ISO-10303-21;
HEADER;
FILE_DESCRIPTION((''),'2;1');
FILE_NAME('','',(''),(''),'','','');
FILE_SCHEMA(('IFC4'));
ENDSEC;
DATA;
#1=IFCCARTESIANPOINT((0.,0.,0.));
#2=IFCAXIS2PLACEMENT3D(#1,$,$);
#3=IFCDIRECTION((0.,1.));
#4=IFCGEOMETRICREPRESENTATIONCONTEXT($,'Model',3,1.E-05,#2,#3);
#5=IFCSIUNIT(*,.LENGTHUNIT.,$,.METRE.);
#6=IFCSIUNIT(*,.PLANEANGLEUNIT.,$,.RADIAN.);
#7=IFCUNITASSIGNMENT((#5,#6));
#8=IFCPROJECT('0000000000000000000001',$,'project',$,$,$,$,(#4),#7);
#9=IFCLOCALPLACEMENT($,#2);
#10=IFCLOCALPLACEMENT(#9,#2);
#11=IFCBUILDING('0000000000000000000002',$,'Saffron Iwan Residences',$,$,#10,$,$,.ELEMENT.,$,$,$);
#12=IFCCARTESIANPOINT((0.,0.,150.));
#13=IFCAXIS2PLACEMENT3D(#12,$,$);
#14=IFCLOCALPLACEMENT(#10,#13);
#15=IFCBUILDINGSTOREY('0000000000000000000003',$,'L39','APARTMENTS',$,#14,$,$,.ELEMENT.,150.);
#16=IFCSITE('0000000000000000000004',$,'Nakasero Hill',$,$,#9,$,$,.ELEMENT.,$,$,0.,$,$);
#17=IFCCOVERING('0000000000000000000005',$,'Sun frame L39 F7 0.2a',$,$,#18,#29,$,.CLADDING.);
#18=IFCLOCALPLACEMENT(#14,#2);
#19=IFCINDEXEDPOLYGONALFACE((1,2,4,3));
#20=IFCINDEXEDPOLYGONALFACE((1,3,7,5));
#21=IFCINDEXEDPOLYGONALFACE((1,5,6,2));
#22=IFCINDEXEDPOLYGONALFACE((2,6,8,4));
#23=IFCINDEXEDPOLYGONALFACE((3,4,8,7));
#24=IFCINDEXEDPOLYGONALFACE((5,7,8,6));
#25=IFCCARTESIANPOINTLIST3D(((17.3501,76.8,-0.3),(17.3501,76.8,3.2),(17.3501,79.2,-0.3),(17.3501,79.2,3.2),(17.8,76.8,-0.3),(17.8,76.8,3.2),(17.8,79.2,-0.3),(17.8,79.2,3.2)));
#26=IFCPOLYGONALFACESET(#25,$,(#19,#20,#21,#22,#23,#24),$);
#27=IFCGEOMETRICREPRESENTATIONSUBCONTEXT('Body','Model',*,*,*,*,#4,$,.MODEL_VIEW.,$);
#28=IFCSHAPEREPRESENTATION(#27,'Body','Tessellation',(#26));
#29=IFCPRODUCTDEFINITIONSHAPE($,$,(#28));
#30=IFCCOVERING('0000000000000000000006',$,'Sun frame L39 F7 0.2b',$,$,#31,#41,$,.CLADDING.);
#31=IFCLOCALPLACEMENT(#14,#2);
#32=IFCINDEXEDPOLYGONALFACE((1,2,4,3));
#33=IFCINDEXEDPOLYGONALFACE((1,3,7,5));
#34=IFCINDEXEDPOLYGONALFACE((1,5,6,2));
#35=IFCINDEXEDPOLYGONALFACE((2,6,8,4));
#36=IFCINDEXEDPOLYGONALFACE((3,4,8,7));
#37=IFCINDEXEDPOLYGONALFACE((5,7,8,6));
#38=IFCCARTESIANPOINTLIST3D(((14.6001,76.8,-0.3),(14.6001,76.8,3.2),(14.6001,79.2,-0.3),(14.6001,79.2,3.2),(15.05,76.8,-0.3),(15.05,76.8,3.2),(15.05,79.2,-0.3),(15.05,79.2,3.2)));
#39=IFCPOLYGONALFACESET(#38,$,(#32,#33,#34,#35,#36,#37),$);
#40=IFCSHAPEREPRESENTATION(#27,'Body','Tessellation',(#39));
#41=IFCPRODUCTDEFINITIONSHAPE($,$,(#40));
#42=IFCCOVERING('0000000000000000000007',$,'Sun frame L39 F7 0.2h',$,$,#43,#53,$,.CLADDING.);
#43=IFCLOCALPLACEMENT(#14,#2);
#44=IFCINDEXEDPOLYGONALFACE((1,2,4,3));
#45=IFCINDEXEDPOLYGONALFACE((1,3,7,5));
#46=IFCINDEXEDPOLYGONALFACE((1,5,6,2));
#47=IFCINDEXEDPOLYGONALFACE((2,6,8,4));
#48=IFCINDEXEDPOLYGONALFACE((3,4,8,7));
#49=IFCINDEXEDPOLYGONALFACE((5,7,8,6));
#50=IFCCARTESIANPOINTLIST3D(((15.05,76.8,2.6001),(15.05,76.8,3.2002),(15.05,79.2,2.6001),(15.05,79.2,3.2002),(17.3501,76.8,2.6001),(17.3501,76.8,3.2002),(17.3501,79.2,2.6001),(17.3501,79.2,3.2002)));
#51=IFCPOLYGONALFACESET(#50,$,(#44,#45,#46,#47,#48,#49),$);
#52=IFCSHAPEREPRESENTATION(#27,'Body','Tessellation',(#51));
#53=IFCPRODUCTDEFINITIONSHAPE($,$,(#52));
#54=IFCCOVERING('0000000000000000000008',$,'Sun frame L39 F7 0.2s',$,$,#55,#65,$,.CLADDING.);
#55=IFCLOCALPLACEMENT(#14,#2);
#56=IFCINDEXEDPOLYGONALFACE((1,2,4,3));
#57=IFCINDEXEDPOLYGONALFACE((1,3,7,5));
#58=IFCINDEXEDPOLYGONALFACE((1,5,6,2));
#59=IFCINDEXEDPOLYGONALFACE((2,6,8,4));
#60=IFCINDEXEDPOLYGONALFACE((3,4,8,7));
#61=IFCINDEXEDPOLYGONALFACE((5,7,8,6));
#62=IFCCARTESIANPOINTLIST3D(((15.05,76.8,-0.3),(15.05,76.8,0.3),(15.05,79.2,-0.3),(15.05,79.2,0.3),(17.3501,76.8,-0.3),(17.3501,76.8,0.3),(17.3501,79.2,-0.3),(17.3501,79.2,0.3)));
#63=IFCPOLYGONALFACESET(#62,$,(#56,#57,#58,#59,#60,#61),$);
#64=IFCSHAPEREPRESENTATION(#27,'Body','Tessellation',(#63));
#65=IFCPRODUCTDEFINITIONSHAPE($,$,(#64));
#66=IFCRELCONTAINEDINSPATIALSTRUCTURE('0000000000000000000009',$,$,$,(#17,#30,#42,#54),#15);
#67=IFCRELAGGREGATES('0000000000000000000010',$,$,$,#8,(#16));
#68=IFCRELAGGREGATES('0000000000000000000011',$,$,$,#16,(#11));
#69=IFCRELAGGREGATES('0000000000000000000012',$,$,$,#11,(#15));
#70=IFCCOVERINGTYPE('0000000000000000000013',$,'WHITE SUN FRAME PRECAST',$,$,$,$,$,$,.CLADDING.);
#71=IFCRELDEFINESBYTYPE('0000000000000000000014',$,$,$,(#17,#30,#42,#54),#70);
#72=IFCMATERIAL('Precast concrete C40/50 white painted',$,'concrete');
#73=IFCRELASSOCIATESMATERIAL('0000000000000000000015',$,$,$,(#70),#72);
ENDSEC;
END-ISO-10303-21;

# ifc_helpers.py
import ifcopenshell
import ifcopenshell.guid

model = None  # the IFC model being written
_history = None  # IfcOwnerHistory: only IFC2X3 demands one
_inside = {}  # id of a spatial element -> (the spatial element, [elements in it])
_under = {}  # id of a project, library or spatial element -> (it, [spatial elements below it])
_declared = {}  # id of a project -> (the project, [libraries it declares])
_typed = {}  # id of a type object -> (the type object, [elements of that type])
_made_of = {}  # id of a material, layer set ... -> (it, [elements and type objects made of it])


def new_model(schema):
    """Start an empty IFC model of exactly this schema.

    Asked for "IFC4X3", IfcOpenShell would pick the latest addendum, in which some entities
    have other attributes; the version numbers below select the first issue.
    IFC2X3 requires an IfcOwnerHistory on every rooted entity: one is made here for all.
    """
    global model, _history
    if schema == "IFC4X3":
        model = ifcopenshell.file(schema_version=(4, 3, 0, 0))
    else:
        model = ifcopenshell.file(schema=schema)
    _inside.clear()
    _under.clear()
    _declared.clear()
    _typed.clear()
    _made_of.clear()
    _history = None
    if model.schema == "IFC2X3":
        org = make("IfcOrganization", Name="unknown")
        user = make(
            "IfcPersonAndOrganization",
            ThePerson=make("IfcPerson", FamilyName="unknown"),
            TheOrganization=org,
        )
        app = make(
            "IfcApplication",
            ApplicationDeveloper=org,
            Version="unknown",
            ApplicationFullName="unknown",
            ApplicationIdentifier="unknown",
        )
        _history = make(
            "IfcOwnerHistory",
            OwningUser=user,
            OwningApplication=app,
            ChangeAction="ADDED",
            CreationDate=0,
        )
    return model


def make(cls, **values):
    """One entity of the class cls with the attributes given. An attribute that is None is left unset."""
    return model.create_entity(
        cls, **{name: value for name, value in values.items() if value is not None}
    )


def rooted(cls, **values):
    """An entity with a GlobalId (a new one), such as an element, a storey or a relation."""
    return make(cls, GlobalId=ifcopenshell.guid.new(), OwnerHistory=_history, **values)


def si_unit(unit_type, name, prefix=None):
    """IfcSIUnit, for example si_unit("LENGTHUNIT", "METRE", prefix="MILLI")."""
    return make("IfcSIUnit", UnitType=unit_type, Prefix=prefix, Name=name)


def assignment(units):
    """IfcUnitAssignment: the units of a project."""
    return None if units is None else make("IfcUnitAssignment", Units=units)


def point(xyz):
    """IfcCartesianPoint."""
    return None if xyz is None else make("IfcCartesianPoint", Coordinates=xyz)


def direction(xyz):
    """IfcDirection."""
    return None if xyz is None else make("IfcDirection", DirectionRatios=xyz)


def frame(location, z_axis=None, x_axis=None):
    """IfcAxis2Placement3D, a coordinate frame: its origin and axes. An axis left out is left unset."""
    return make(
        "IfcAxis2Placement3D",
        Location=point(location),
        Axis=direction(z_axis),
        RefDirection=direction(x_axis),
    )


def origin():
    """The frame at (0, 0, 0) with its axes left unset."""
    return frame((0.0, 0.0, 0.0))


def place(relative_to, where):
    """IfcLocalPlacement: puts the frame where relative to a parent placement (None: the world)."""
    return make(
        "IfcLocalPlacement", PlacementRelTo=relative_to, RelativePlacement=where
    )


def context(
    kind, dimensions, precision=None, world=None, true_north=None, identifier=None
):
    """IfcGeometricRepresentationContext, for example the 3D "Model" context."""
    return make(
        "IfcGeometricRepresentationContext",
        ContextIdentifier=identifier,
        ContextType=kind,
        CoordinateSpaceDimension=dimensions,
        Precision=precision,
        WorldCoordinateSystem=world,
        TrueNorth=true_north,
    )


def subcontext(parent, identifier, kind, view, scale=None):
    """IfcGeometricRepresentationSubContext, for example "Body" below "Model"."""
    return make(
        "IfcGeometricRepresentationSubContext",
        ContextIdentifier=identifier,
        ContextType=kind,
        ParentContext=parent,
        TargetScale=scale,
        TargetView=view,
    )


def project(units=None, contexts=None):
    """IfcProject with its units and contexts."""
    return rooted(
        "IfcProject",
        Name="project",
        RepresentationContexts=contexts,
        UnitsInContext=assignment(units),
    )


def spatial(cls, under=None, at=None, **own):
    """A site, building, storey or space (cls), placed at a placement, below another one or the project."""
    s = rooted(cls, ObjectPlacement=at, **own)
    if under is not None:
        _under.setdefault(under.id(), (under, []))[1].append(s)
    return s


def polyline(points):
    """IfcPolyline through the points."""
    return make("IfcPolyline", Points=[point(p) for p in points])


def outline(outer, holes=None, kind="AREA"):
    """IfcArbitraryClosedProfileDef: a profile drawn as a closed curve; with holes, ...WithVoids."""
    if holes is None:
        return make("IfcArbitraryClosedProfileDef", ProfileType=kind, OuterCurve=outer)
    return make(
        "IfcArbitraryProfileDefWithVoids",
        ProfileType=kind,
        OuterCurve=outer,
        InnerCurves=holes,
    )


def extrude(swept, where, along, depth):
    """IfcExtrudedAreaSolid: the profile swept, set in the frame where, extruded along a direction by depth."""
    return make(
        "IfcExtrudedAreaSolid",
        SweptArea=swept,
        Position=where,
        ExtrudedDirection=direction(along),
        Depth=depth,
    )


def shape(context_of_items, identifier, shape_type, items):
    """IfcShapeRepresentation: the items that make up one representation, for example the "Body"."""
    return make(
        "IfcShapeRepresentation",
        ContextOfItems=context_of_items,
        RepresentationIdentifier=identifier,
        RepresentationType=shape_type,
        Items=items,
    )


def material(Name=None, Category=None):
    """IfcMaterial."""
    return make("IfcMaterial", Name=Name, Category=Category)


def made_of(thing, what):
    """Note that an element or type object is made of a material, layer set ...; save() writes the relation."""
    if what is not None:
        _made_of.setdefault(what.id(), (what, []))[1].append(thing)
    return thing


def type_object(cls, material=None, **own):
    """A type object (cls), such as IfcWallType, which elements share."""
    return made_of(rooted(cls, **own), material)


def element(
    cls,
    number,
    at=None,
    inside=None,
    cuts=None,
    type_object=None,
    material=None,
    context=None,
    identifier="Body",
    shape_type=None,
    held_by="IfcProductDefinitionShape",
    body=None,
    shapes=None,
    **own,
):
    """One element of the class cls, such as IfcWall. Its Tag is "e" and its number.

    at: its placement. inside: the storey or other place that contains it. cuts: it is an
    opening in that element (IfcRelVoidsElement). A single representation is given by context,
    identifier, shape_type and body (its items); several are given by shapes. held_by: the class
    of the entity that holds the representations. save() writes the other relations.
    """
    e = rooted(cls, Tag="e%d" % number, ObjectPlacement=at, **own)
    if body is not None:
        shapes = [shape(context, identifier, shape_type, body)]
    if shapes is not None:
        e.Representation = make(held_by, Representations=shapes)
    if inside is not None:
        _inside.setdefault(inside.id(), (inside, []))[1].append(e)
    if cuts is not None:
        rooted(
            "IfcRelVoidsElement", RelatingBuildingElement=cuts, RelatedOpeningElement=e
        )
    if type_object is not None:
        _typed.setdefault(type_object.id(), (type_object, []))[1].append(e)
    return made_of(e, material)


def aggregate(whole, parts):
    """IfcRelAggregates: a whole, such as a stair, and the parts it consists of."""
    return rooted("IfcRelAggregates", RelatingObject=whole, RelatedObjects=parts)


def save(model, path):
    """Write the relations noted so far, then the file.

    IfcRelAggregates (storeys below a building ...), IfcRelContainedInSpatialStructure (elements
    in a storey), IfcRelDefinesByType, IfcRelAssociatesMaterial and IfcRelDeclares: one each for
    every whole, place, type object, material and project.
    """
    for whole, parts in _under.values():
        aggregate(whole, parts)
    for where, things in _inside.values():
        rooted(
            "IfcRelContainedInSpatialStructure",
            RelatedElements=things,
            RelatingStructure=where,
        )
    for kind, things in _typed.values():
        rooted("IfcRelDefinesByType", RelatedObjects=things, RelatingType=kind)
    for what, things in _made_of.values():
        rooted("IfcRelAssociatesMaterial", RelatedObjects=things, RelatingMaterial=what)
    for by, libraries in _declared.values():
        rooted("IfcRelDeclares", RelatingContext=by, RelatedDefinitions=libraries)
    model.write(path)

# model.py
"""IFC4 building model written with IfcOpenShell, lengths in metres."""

from ifc_helpers import new_model, si_unit, direction, frame, origin, place, context, subcontext, project, spatial, polyline, outline, extrude, material, type_object, element, save


model = new_model("IFC4")

# Units and contexts
model_context = context("Model", 3, precision=1e-05, world=origin(), true_north=direction((0.0, 1.0)))
body_context = subcontext(model_context, "Body", "Model", "MODEL_VIEW")
ifc_project = project(units=[si_unit("LENGTHUNIT", "METRE"), si_unit("PLANEANGLEUNIT", "RADIAN")], contexts=[model_context])

# Site, building, storey
site_placement = place(None, origin())
site = spatial("IfcSite", under=ifc_project, at=site_placement, Name="Nakasero Hill", CompositionType="ELEMENT", RefElevation=0.0)
building_placement = place(site_placement, origin())
building = spatial("IfcBuilding", under=site, at=building_placement, Name="Saffron Iwan Residences", CompositionType="ELEMENT")
storey_placement = place(building_placement, frame((0.0, 0.0, 150.0)))
storey = spatial("IfcBuildingStorey", under=building, at=storey_placement, Name="L39", Description="APARTMENTS", CompositionType="ELEMENT", Elevation=150.0)

# Coverings
ifc_material_1 = material(Name="Precast concrete C40/50 white painted", Category="concrete")
covering_type_1 = type_object("IfcCoveringType", Name="WHITE SUN FRAME PRECAST", PredefinedType="CLADDING", material=ifc_material_1)
for number, where, z_axis, x_axis, name in (
    (1, (17.8, 76.8, -0.3), (0.0, 1.0, 0.0), (-1.0, 0.0, 0.0), "Sun frame L39 F7 0.2a"),
    (2, (15.05, 76.8, -0.3), (0.0, 1.0, 0.0), (-1.0, 0.0, 0.0), "Sun frame L39 F7 0.2b"),
):
    element("IfcCovering", number, at=place(storey_placement, frame(where, z_axis=z_axis, x_axis=x_axis)), inside=storey, type_object=covering_type_1, Name=name, PredefinedType="CLADDING", context=body_context, shape_type="SweptSolid", body=[
        extrude(outline(polyline([(0.0, 0.0), (0.45, 0.0), (0.45, 3.5), (0.0, 3.5), (0.0, 0.0)])), origin(), (0.0, 0.0, 1.0), 2.3999),
    ])
for number, where, z_axis, x_axis, name in (
    (3, (17.3501, 76.8, 2.6001), (0.0, 1.0, 0.0), (-1.0, 0.0, 0.0), "Sun frame L39 F7 0.2h"),
    (4, (17.3501, 76.8, -0.3), (0.0, 1.0, 0.0), (-1.0, 0.0, 0.0), "Sun frame L39 F7 0.2s"),
):
    element("IfcCovering", number, at=place(storey_placement, frame(where, z_axis=z_axis, x_axis=x_axis)), inside=storey, type_object=covering_type_1, Name=name, PredefinedType="CLADDING", context=body_context, shape_type="SweptSolid", body=[
        extrude(outline(polyline([(0.0, 0.0), (2.3, 0.0), (2.3, 0.6001), (0.0, 0.6001), (0.0, 0.0)])), origin(), (0.0, 0.0, 1.0), 2.3999),
    ])

save(model, "model.ifc")
